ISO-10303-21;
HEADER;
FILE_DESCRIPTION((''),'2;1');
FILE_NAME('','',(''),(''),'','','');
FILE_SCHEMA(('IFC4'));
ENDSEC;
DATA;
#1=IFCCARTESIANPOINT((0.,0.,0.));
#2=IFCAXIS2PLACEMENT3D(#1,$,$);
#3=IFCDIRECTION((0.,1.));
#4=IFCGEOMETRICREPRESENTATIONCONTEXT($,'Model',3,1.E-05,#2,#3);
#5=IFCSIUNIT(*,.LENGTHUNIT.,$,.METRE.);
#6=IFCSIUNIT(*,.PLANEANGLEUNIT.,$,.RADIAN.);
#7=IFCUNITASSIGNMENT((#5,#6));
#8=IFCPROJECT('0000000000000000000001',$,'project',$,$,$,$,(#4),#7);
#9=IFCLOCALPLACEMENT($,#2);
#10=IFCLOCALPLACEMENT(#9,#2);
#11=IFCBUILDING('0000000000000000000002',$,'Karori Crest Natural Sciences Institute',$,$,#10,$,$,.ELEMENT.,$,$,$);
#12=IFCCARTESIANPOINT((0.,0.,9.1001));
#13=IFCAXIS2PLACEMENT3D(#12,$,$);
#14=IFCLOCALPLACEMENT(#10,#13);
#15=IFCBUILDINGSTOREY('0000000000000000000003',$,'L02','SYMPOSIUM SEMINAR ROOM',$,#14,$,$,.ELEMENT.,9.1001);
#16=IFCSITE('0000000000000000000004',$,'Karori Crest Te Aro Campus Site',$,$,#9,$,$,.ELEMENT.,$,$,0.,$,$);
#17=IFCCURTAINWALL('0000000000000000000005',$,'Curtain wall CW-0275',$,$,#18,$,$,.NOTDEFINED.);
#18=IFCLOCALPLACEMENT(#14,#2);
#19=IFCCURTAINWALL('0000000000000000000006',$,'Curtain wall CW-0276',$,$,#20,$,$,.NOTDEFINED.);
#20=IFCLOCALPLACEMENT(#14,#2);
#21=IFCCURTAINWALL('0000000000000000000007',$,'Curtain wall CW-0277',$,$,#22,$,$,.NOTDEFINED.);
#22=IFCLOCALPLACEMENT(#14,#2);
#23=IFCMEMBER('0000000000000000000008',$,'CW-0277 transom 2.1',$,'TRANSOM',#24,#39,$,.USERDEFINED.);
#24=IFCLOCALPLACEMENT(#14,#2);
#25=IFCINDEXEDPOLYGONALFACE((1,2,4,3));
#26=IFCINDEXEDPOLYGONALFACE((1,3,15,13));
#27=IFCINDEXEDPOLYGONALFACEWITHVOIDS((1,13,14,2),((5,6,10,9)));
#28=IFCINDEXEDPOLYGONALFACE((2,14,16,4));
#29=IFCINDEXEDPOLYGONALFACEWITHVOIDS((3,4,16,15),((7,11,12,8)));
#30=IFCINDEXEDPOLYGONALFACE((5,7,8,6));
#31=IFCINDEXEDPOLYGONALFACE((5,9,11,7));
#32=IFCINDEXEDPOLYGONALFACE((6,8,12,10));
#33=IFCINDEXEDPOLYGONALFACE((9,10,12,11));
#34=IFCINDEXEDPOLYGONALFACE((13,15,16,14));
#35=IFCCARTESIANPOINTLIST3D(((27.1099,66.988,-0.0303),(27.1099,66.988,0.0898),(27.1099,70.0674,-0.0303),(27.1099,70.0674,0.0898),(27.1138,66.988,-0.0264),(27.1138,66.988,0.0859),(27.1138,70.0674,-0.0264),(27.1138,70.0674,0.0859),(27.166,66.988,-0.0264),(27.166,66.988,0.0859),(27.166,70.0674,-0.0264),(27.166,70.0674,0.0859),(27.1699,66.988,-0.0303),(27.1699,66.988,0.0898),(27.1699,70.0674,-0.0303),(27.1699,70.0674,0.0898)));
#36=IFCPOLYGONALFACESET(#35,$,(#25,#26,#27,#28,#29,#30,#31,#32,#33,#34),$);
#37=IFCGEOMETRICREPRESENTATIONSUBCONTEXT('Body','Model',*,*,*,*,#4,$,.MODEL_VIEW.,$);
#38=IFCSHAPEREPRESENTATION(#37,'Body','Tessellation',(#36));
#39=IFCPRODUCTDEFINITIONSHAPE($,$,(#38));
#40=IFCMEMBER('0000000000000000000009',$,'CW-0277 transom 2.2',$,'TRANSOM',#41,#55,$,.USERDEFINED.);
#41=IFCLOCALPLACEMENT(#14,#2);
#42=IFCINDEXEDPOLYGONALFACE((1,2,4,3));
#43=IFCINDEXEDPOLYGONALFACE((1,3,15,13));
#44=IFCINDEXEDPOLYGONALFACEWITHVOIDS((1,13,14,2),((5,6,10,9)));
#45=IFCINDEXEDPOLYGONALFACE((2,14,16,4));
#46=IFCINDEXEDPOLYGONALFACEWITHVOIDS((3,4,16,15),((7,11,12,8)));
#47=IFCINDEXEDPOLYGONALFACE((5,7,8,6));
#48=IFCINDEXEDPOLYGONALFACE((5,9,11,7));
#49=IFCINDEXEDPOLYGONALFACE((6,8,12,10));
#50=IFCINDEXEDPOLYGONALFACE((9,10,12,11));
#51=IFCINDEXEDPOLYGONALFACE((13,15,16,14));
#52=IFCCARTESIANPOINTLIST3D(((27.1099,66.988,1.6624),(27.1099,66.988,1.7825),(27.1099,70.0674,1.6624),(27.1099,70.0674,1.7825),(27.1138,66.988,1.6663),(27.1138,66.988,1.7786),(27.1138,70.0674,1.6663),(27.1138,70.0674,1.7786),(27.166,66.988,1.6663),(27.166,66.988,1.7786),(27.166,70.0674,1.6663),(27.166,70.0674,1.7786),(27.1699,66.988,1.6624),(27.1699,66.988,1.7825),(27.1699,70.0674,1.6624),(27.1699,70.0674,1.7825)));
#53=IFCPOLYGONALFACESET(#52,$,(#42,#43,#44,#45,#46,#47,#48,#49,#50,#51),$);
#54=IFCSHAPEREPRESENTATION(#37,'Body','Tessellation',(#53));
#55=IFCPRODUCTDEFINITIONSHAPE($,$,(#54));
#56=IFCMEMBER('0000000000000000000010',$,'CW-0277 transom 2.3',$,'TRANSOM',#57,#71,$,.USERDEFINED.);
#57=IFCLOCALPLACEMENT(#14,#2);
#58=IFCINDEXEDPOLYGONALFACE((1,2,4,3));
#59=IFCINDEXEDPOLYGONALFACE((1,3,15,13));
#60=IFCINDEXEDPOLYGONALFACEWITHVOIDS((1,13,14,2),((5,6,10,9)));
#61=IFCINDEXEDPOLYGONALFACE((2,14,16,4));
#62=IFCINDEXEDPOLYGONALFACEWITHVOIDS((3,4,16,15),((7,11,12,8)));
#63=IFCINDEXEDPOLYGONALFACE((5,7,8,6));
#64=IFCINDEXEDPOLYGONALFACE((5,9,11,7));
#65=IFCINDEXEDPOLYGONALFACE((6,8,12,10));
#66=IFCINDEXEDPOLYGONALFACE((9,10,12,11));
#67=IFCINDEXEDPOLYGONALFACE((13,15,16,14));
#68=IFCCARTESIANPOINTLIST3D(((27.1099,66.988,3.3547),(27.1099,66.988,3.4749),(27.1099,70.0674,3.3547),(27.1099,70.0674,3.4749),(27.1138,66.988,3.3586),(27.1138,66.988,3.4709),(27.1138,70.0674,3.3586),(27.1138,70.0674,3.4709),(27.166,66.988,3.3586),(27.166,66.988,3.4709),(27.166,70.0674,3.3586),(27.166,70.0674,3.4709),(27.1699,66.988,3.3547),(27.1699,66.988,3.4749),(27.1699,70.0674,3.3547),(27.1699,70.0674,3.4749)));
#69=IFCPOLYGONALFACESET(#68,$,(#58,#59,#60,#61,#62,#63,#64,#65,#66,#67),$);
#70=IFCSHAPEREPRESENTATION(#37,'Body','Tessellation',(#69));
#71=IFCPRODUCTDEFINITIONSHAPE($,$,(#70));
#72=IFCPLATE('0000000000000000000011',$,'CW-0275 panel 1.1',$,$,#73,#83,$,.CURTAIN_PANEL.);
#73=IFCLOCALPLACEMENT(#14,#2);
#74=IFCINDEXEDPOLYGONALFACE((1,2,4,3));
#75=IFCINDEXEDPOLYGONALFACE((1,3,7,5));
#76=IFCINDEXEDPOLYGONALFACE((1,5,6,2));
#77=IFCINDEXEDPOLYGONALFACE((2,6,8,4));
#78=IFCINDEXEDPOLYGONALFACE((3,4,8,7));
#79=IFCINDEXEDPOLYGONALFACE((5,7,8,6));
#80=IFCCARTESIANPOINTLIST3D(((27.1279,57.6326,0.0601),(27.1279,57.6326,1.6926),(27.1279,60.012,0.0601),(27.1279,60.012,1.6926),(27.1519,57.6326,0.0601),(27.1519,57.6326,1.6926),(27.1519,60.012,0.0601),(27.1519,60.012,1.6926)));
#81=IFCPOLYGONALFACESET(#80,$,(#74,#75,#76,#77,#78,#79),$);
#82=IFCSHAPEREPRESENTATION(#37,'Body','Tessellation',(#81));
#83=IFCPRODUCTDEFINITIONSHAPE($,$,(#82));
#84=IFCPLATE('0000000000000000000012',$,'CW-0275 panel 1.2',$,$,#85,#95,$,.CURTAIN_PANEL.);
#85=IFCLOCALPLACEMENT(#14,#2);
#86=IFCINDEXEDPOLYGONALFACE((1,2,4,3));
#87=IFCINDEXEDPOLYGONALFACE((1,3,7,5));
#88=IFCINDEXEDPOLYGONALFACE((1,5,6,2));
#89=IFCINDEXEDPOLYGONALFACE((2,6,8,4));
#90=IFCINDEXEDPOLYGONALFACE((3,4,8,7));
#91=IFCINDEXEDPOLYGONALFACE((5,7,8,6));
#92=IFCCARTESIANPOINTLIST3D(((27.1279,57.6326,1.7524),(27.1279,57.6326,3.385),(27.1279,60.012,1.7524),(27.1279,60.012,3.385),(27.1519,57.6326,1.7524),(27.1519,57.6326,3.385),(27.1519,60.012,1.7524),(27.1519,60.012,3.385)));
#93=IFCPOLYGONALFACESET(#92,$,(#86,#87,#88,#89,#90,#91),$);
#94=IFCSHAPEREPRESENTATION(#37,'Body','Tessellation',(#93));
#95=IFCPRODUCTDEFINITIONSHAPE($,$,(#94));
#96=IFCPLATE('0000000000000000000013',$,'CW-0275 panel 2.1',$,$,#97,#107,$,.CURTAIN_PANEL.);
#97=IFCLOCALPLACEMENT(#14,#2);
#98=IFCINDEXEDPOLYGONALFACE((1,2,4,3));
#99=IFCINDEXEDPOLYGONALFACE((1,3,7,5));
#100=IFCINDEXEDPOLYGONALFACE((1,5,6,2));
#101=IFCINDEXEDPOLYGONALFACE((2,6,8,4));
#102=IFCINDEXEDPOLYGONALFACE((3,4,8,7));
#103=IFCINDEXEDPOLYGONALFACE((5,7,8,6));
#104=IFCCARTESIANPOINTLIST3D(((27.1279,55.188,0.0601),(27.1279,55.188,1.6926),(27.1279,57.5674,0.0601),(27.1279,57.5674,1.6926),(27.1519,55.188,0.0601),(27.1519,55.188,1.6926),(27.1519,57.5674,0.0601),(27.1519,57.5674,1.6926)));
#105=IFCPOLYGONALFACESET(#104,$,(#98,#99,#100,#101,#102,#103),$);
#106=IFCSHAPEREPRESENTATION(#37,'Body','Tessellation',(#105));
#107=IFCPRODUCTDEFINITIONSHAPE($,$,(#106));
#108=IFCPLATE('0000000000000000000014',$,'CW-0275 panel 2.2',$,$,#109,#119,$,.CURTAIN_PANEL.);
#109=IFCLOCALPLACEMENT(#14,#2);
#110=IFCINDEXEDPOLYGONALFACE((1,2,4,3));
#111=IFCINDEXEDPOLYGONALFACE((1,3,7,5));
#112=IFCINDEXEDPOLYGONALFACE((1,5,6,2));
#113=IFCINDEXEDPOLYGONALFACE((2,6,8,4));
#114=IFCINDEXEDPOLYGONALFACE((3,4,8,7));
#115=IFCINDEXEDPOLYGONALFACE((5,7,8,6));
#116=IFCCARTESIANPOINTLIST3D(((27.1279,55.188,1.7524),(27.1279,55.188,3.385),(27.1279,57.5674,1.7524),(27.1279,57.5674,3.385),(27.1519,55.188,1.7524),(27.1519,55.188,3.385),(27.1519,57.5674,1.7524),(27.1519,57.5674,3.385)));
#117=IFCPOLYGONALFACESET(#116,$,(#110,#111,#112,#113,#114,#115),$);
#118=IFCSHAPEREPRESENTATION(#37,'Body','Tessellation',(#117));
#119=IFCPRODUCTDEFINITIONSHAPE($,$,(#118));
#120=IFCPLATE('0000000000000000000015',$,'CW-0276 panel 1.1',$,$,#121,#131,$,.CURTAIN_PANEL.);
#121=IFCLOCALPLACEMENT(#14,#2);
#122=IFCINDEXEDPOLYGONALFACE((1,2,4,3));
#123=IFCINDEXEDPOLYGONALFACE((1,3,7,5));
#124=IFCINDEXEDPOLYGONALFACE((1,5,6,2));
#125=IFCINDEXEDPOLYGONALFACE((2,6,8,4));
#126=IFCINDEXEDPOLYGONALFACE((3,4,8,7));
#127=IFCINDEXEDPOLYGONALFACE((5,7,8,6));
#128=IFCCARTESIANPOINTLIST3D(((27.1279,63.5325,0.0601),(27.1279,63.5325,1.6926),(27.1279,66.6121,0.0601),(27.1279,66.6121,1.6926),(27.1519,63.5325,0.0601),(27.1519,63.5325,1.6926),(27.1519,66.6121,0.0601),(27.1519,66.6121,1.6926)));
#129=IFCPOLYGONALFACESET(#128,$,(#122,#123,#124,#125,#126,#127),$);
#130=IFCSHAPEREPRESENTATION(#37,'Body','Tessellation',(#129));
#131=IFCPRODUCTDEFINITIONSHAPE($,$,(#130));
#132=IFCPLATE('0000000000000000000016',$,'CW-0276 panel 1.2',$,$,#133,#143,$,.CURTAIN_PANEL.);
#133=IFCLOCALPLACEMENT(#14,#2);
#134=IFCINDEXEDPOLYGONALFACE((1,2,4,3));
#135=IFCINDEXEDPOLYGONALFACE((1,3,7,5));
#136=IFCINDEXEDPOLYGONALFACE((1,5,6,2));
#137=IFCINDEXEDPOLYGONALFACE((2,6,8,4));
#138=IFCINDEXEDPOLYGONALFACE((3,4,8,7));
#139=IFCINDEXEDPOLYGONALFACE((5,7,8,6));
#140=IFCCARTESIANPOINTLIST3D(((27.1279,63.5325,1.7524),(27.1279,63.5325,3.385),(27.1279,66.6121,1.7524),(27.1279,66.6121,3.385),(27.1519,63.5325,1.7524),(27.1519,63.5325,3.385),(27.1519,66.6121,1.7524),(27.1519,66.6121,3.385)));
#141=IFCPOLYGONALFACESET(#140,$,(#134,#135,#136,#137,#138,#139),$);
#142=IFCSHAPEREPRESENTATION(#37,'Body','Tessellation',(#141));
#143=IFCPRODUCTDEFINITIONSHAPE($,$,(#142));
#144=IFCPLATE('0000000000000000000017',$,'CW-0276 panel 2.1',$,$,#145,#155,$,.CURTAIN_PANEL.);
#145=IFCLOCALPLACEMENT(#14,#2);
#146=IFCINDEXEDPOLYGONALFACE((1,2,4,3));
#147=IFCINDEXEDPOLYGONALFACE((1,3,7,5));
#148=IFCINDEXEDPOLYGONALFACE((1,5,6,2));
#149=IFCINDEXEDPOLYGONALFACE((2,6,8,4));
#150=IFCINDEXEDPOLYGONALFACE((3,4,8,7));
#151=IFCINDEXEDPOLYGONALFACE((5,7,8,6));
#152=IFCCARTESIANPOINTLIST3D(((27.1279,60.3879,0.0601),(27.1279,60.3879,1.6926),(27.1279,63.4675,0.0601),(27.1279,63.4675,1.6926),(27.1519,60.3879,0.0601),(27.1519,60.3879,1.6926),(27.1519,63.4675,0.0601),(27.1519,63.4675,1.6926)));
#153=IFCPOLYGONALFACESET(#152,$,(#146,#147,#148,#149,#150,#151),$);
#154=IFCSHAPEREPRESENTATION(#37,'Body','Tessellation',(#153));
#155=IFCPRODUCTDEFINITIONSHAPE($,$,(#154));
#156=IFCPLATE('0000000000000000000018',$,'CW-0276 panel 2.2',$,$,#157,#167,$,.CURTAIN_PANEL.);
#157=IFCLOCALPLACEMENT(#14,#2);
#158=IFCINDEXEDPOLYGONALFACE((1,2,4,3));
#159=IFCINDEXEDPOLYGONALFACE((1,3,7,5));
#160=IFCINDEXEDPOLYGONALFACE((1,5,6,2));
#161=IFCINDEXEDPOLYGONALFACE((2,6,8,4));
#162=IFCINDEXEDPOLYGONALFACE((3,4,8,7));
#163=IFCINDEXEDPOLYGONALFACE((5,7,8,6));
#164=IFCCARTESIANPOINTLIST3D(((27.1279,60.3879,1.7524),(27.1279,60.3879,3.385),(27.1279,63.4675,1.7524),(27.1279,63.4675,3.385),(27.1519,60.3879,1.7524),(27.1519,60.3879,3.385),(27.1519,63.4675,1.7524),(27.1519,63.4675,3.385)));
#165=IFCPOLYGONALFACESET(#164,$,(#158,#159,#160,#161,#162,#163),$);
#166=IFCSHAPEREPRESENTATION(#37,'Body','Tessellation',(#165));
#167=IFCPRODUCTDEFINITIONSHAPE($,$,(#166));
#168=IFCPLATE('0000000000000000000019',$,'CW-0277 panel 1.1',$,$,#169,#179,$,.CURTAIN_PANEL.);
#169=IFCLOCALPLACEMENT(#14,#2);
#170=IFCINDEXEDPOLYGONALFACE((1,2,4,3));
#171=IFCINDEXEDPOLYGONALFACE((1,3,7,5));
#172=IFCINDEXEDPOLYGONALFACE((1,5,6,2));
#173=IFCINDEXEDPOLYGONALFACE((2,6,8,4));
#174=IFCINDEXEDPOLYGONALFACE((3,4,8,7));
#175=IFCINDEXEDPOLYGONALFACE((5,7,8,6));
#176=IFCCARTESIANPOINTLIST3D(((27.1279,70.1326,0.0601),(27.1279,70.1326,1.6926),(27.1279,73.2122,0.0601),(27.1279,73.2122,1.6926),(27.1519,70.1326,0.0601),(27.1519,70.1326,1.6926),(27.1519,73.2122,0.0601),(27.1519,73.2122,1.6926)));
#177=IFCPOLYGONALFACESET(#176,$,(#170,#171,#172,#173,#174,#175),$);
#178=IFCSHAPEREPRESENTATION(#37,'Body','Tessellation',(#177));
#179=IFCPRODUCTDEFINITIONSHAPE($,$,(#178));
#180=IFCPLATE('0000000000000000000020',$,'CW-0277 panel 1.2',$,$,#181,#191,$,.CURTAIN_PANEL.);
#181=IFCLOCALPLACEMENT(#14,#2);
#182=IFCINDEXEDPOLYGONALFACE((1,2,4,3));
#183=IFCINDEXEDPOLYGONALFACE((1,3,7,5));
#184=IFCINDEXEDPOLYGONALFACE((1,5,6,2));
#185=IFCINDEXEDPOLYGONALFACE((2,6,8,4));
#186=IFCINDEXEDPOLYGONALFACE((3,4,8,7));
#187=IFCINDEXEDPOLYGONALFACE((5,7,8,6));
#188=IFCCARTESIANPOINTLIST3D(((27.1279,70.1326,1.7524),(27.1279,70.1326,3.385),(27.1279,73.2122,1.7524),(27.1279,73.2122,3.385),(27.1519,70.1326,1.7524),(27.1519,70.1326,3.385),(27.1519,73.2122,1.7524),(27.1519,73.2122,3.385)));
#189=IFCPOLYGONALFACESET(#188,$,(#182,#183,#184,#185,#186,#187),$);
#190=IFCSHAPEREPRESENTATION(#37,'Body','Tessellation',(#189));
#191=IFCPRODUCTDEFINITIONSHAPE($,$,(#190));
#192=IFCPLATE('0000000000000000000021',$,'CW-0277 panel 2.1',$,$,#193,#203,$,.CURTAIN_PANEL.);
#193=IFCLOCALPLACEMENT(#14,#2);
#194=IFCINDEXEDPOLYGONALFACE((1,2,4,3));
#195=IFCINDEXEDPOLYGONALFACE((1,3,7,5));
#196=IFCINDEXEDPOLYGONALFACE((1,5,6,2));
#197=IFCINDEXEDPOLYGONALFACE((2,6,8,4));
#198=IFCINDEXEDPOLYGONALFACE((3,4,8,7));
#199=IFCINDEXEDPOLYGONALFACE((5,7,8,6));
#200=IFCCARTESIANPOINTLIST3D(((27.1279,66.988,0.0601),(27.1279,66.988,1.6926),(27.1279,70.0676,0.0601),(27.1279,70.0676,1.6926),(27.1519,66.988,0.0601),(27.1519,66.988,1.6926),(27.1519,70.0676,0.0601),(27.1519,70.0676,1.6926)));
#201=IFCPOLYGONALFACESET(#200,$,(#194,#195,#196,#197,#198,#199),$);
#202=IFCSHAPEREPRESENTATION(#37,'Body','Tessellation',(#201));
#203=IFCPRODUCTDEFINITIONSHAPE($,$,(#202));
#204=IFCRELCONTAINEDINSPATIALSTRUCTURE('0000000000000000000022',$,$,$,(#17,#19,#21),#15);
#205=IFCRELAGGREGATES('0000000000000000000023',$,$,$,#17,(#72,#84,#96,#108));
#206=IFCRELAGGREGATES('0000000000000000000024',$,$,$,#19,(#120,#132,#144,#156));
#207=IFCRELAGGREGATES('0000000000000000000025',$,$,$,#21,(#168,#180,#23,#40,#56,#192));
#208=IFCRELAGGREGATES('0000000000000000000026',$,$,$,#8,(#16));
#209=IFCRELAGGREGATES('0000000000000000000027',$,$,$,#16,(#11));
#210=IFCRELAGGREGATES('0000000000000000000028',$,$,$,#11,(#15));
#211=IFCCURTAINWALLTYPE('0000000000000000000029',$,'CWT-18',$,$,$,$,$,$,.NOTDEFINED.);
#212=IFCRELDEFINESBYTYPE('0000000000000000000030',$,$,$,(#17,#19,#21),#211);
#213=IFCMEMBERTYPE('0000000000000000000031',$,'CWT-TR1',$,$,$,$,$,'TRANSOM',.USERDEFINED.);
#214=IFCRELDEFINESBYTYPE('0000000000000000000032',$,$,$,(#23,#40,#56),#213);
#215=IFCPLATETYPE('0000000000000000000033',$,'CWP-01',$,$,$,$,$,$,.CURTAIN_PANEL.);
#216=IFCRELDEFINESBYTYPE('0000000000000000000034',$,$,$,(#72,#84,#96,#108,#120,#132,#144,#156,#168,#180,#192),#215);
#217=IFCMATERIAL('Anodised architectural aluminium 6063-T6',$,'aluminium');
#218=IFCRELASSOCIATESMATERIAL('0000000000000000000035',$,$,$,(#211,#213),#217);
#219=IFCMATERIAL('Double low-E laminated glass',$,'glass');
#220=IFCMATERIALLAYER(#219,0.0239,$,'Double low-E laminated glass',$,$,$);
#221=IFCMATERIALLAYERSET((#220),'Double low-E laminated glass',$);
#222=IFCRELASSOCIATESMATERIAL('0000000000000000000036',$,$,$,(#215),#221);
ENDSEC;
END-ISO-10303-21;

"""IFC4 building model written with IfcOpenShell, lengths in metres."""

from ifc_helpers import new_model, si_unit, direction, frame, origin, origin_2d, place, context, subcontext, project, spatial, rectangle, hollow_rectangle, extrude, material, layer, layer_set, material_profile, profile_set, type_object, element, aggregate, save


model = new_model("IFC4")

# Units and contexts
model_context = context("Model", 3, precision=1e-05, world=origin(), true_north=direction((0.0, 1.0)))
body_context = subcontext(model_context, "Body", "Model", "MODEL_VIEW")
ifc_project = project(units=[si_unit("LENGTHUNIT", "METRE"), si_unit("PLANEANGLEUNIT", "RADIAN")], contexts=[model_context])

# Site, building, storey
site_placement = place(None, origin())
site = spatial("IfcSite", under=ifc_project, at=site_placement, Name="Karori Crest Te Aro Campus Site", CompositionType="ELEMENT", RefElevation=0.0)
building_placement = place(site_placement, origin())
building = spatial("IfcBuilding", under=site, at=building_placement, Name="Karori Crest Natural Sciences Institute", CompositionType="ELEMENT")
storey_placement = place(building_placement, frame((0.0, 0.0, 9.1001)))
storey = spatial("IfcBuildingStorey", under=building, at=storey_placement, Name="L02", Description="SYMPOSIUM SEMINAR ROOM", CompositionType="ELEMENT", Elevation=9.1001)

# Curtain walls
ifc_material_1 = material(Name="Anodised architectural aluminium 6063-T6", Category="aluminium")
curtain_wall_type = type_object("IfcCurtainWallType", Name="CWT-18", PredefinedType="NOTDEFINED", material=ifc_material_1)
curtain_wall_1_placement = place(storey_placement, origin())
curtain_wall_1 = element("IfcCurtainWall", 1, at=curtain_wall_1_placement, inside=storey, type_object=curtain_wall_type, Name="Curtain wall CW-0275", PredefinedType="NOTDEFINED")
curtain_wall_2_placement = place(storey_placement, origin())
curtain_wall_2 = element("IfcCurtainWall", 2, at=curtain_wall_2_placement, inside=storey, type_object=curtain_wall_type, Name="Curtain wall CW-0276", PredefinedType="NOTDEFINED")
curtain_wall_3_placement = place(storey_placement, origin())
curtain_wall_3 = element("IfcCurtainWall", 3, at=curtain_wall_3_placement, inside=storey, type_object=curtain_wall_type, Name="Curtain wall CW-0277", PredefinedType="NOTDEFINED")

# Members
ifc_material_profile_1 = material_profile(ifc_material_1, hollow_rectangle(XDim=0.0601, YDim=0.1201, WallThickness=0.0039, at=origin_2d()), Name="CWT120x60x4")
ifc_profile_set_1 = profile_set([ifc_material_profile_1], Name="Anodised architectural aluminium 6063-T6")
member_type_1 = type_object("IfcMemberType", Name="CWT-TR1", ElementType="TRANSOM", PredefinedType="USERDEFINED", material=ifc_profile_set_1)
member_1_placement = place(storey_placement, frame((27.1399, 70.0674, 0.0298), z_axis=(0.0, -1.0, 0.0), x_axis=(1.0, 0.0, 0.0)))
member_1 = element("IfcMember", 4, at=member_1_placement, type_object=member_type_1, Name="CW-0277 transom 2.1", ObjectType="TRANSOM", PredefinedType="USERDEFINED", context=body_context, shape_type="SweptSolid", body=[
    extrude(hollow_rectangle(XDim=0.0601, YDim=0.1201, WallThickness=0.0039, at=origin_2d()), origin(), (0.0, 0.0, 1.0), 3.0793),
])
member_2_placement = place(storey_placement, frame((27.1399, 70.0674, 1.7224), z_axis=(0.0, -1.0, 0.0), x_axis=(1.0, 0.0, 0.0)))
member_2 = element("IfcMember", 5, at=member_2_placement, type_object=member_type_1, Name="CW-0277 transom 2.2", ObjectType="TRANSOM", PredefinedType="USERDEFINED", context=body_context, shape_type="SweptSolid", body=[
    extrude(hollow_rectangle(XDim=0.0601, YDim=0.1201, WallThickness=0.0039, at=origin_2d()), origin(), (0.0, 0.0, 1.0), 3.0793),
])
member_3_placement = place(storey_placement, frame((27.1399, 70.0674, 3.4148), z_axis=(0.0, -1.0, 0.0), x_axis=(1.0, 0.0, 0.0)))
member_3 = element("IfcMember", 6, at=member_3_placement, type_object=member_type_1, Name="CW-0277 transom 2.3", ObjectType="TRANSOM", PredefinedType="USERDEFINED", context=body_context, shape_type="SweptSolid", body=[
    extrude(hollow_rectangle(XDim=0.0601, YDim=0.1201, WallThickness=0.0039, at=origin_2d()), origin(), (0.0, 0.0, 1.0), 3.0793),
])

# Plates
ifc_material_2 = material(Name="Double low-E laminated glass", Category="glass")
ifc_layer = layer(ifc_material_2, 0.0239, Name="Double low-E laminated glass")
ifc_layer_set = layer_set([ifc_layer], Name="Double low-E laminated glass")
plate_type = type_object("IfcPlateType", Name="CWP-01", PredefinedType="CURTAIN_PANEL", material=ifc_layer_set)
plate_1_placement = place(storey_placement, frame((27.1399, 58.8223, 0.0601), z_axis=(0.0, 0.0, 1.0), x_axis=(0.0, -1.0, 0.0)))
plate_1 = element("IfcPlate", 7, at=plate_1_placement, type_object=plate_type, Name="CW-0275 panel 1.1", PredefinedType="CURTAIN_PANEL", context=body_context, shape_type="SweptSolid", body=[
    extrude(rectangle(XDim=2.3794, YDim=0.0239, at=origin_2d()), origin(), (0.0, 0.0, 1.0), 1.6326),
])
plate_2_placement = place(storey_placement, frame((27.1399, 58.8223, 1.7524), z_axis=(0.0, 0.0, 1.0), x_axis=(0.0, -1.0, 0.0)))
plate_2 = element("IfcPlate", 8, at=plate_2_placement, type_object=plate_type, Name="CW-0275 panel 1.2", PredefinedType="CURTAIN_PANEL", context=body_context, shape_type="SweptSolid", body=[
    extrude(rectangle(XDim=2.3794, YDim=0.0239, at=origin_2d()), origin(), (0.0, 0.0, 1.0), 1.6326),
])
plate_3_placement = place(storey_placement, frame((27.1399, 56.3777, 0.0601), z_axis=(0.0, 0.0, 1.0), x_axis=(0.0, -1.0, 0.0)))
plate_3 = element("IfcPlate", 9, at=plate_3_placement, type_object=plate_type, Name="CW-0275 panel 2.1", PredefinedType="CURTAIN_PANEL", context=body_context, shape_type="SweptSolid", body=[
    extrude(rectangle(XDim=2.3794, YDim=0.0239, at=origin_2d()), origin(), (0.0, 0.0, 1.0), 1.6326),
])
plate_4_placement = place(storey_placement, frame((27.1399, 56.3777, 1.7524), z_axis=(0.0, 0.0, 1.0), x_axis=(0.0, -1.0, 0.0)))
plate_4 = element("IfcPlate", 10, at=plate_4_placement, type_object=plate_type, Name="CW-0275 panel 2.2", PredefinedType="CURTAIN_PANEL", context=body_context, shape_type="SweptSolid", body=[
    extrude(rectangle(XDim=2.3794, YDim=0.0239, at=origin_2d()), origin(), (0.0, 0.0, 1.0), 1.6326),
])
aggregate(curtain_wall_1, [plate_1, plate_2, plate_3, plate_4])
plate_5_placement = place(storey_placement, frame((27.1399, 65.0723, 0.0601), z_axis=(0.0, 0.0, 1.0), x_axis=(0.0, -1.0, 0.0)))
plate_5 = element("IfcPlate", 11, at=plate_5_placement, type_object=plate_type, Name="CW-0276 panel 1.1", PredefinedType="CURTAIN_PANEL", context=body_context, shape_type="SweptSolid", body=[
    extrude(rectangle(XDim=3.0796, YDim=0.0239, at=origin_2d()), origin(), (0.0, 0.0, 1.0), 1.6326),
])
plate_6_placement = place(storey_placement, frame((27.1399, 65.0723, 1.7524), z_axis=(0.0, 0.0, 1.0), x_axis=(0.0, -1.0, 0.0)))
plate_6 = element("IfcPlate", 12, at=plate_6_placement, type_object=plate_type, Name="CW-0276 panel 1.2", PredefinedType="CURTAIN_PANEL", context=body_context, shape_type="SweptSolid", body=[
    extrude(rectangle(XDim=3.0796, YDim=0.0239, at=origin_2d()), origin(), (0.0, 0.0, 1.0), 1.6326),
])
plate_7_placement = place(storey_placement, frame((27.1399, 61.9277, 0.0601), z_axis=(0.0, 0.0, 1.0), x_axis=(0.0, -1.0, 0.0)))
plate_7 = element("IfcPlate", 13, at=plate_7_placement, type_object=plate_type, Name="CW-0276 panel 2.1", PredefinedType="CURTAIN_PANEL", context=body_context, shape_type="SweptSolid", body=[
    extrude(rectangle(XDim=3.0796, YDim=0.0239, at=origin_2d()), origin(), (0.0, 0.0, 1.0), 1.6326),
])
plate_8_placement = place(storey_placement, frame((27.1399, 61.9277, 1.7524), z_axis=(0.0, 0.0, 1.0), x_axis=(0.0, -1.0, 0.0)))
plate_8 = element("IfcPlate", 14, at=plate_8_placement, type_object=plate_type, Name="CW-0276 panel 2.2", PredefinedType="CURTAIN_PANEL", context=body_context, shape_type="SweptSolid", body=[
    extrude(rectangle(XDim=3.0796, YDim=0.0239, at=origin_2d()), origin(), (0.0, 0.0, 1.0), 1.6326),
])
aggregate(curtain_wall_2, [plate_5, plate_6, plate_7, plate_8])
plate_9_placement = place(storey_placement, frame((27.1399, 71.6724, 0.0601), z_axis=(0.0, 0.0, 1.0), x_axis=(0.0, -1.0, 0.0)))
plate_9 = element("IfcPlate", 15, at=plate_9_placement, type_object=plate_type, Name="CW-0277 panel 1.1", PredefinedType="CURTAIN_PANEL", context=body_context, shape_type="SweptSolid", body=[
    extrude(rectangle(XDim=3.0796, YDim=0.0239, at=origin_2d()), origin(), (0.0, 0.0, 1.0), 1.6326),
])
plate_10_placement = place(storey_placement, frame((27.1399, 71.6724, 1.7524), z_axis=(0.0, 0.0, 1.0), x_axis=(0.0, -1.0, 0.0)))
plate_10 = element("IfcPlate", 16, at=plate_10_placement, type_object=plate_type, Name="CW-0277 panel 1.2", PredefinedType="CURTAIN_PANEL", context=body_context, shape_type="SweptSolid", body=[
    extrude(rectangle(XDim=3.0796, YDim=0.0239, at=origin_2d()), origin(), (0.0, 0.0, 1.0), 1.6326),
])
plate_11_placement = place(storey_placement, frame((27.1399, 68.5278, 0.0601), z_axis=(0.0, 0.0, 1.0), x_axis=(0.0, -1.0, 0.0)))
plate_11 = element("IfcPlate", 17, at=plate_11_placement, type_object=plate_type, Name="CW-0277 panel 2.1", PredefinedType="CURTAIN_PANEL", context=body_context, shape_type="SweptSolid", body=[
    extrude(rectangle(XDim=3.0796, YDim=0.0239, at=origin_2d()), origin(), (0.0, 0.0, 1.0), 1.6326),
])
aggregate(curtain_wall_3, [plate_9, plate_10, member_1, member_2, member_3, plate_11])

save(model, "model.ifc")
